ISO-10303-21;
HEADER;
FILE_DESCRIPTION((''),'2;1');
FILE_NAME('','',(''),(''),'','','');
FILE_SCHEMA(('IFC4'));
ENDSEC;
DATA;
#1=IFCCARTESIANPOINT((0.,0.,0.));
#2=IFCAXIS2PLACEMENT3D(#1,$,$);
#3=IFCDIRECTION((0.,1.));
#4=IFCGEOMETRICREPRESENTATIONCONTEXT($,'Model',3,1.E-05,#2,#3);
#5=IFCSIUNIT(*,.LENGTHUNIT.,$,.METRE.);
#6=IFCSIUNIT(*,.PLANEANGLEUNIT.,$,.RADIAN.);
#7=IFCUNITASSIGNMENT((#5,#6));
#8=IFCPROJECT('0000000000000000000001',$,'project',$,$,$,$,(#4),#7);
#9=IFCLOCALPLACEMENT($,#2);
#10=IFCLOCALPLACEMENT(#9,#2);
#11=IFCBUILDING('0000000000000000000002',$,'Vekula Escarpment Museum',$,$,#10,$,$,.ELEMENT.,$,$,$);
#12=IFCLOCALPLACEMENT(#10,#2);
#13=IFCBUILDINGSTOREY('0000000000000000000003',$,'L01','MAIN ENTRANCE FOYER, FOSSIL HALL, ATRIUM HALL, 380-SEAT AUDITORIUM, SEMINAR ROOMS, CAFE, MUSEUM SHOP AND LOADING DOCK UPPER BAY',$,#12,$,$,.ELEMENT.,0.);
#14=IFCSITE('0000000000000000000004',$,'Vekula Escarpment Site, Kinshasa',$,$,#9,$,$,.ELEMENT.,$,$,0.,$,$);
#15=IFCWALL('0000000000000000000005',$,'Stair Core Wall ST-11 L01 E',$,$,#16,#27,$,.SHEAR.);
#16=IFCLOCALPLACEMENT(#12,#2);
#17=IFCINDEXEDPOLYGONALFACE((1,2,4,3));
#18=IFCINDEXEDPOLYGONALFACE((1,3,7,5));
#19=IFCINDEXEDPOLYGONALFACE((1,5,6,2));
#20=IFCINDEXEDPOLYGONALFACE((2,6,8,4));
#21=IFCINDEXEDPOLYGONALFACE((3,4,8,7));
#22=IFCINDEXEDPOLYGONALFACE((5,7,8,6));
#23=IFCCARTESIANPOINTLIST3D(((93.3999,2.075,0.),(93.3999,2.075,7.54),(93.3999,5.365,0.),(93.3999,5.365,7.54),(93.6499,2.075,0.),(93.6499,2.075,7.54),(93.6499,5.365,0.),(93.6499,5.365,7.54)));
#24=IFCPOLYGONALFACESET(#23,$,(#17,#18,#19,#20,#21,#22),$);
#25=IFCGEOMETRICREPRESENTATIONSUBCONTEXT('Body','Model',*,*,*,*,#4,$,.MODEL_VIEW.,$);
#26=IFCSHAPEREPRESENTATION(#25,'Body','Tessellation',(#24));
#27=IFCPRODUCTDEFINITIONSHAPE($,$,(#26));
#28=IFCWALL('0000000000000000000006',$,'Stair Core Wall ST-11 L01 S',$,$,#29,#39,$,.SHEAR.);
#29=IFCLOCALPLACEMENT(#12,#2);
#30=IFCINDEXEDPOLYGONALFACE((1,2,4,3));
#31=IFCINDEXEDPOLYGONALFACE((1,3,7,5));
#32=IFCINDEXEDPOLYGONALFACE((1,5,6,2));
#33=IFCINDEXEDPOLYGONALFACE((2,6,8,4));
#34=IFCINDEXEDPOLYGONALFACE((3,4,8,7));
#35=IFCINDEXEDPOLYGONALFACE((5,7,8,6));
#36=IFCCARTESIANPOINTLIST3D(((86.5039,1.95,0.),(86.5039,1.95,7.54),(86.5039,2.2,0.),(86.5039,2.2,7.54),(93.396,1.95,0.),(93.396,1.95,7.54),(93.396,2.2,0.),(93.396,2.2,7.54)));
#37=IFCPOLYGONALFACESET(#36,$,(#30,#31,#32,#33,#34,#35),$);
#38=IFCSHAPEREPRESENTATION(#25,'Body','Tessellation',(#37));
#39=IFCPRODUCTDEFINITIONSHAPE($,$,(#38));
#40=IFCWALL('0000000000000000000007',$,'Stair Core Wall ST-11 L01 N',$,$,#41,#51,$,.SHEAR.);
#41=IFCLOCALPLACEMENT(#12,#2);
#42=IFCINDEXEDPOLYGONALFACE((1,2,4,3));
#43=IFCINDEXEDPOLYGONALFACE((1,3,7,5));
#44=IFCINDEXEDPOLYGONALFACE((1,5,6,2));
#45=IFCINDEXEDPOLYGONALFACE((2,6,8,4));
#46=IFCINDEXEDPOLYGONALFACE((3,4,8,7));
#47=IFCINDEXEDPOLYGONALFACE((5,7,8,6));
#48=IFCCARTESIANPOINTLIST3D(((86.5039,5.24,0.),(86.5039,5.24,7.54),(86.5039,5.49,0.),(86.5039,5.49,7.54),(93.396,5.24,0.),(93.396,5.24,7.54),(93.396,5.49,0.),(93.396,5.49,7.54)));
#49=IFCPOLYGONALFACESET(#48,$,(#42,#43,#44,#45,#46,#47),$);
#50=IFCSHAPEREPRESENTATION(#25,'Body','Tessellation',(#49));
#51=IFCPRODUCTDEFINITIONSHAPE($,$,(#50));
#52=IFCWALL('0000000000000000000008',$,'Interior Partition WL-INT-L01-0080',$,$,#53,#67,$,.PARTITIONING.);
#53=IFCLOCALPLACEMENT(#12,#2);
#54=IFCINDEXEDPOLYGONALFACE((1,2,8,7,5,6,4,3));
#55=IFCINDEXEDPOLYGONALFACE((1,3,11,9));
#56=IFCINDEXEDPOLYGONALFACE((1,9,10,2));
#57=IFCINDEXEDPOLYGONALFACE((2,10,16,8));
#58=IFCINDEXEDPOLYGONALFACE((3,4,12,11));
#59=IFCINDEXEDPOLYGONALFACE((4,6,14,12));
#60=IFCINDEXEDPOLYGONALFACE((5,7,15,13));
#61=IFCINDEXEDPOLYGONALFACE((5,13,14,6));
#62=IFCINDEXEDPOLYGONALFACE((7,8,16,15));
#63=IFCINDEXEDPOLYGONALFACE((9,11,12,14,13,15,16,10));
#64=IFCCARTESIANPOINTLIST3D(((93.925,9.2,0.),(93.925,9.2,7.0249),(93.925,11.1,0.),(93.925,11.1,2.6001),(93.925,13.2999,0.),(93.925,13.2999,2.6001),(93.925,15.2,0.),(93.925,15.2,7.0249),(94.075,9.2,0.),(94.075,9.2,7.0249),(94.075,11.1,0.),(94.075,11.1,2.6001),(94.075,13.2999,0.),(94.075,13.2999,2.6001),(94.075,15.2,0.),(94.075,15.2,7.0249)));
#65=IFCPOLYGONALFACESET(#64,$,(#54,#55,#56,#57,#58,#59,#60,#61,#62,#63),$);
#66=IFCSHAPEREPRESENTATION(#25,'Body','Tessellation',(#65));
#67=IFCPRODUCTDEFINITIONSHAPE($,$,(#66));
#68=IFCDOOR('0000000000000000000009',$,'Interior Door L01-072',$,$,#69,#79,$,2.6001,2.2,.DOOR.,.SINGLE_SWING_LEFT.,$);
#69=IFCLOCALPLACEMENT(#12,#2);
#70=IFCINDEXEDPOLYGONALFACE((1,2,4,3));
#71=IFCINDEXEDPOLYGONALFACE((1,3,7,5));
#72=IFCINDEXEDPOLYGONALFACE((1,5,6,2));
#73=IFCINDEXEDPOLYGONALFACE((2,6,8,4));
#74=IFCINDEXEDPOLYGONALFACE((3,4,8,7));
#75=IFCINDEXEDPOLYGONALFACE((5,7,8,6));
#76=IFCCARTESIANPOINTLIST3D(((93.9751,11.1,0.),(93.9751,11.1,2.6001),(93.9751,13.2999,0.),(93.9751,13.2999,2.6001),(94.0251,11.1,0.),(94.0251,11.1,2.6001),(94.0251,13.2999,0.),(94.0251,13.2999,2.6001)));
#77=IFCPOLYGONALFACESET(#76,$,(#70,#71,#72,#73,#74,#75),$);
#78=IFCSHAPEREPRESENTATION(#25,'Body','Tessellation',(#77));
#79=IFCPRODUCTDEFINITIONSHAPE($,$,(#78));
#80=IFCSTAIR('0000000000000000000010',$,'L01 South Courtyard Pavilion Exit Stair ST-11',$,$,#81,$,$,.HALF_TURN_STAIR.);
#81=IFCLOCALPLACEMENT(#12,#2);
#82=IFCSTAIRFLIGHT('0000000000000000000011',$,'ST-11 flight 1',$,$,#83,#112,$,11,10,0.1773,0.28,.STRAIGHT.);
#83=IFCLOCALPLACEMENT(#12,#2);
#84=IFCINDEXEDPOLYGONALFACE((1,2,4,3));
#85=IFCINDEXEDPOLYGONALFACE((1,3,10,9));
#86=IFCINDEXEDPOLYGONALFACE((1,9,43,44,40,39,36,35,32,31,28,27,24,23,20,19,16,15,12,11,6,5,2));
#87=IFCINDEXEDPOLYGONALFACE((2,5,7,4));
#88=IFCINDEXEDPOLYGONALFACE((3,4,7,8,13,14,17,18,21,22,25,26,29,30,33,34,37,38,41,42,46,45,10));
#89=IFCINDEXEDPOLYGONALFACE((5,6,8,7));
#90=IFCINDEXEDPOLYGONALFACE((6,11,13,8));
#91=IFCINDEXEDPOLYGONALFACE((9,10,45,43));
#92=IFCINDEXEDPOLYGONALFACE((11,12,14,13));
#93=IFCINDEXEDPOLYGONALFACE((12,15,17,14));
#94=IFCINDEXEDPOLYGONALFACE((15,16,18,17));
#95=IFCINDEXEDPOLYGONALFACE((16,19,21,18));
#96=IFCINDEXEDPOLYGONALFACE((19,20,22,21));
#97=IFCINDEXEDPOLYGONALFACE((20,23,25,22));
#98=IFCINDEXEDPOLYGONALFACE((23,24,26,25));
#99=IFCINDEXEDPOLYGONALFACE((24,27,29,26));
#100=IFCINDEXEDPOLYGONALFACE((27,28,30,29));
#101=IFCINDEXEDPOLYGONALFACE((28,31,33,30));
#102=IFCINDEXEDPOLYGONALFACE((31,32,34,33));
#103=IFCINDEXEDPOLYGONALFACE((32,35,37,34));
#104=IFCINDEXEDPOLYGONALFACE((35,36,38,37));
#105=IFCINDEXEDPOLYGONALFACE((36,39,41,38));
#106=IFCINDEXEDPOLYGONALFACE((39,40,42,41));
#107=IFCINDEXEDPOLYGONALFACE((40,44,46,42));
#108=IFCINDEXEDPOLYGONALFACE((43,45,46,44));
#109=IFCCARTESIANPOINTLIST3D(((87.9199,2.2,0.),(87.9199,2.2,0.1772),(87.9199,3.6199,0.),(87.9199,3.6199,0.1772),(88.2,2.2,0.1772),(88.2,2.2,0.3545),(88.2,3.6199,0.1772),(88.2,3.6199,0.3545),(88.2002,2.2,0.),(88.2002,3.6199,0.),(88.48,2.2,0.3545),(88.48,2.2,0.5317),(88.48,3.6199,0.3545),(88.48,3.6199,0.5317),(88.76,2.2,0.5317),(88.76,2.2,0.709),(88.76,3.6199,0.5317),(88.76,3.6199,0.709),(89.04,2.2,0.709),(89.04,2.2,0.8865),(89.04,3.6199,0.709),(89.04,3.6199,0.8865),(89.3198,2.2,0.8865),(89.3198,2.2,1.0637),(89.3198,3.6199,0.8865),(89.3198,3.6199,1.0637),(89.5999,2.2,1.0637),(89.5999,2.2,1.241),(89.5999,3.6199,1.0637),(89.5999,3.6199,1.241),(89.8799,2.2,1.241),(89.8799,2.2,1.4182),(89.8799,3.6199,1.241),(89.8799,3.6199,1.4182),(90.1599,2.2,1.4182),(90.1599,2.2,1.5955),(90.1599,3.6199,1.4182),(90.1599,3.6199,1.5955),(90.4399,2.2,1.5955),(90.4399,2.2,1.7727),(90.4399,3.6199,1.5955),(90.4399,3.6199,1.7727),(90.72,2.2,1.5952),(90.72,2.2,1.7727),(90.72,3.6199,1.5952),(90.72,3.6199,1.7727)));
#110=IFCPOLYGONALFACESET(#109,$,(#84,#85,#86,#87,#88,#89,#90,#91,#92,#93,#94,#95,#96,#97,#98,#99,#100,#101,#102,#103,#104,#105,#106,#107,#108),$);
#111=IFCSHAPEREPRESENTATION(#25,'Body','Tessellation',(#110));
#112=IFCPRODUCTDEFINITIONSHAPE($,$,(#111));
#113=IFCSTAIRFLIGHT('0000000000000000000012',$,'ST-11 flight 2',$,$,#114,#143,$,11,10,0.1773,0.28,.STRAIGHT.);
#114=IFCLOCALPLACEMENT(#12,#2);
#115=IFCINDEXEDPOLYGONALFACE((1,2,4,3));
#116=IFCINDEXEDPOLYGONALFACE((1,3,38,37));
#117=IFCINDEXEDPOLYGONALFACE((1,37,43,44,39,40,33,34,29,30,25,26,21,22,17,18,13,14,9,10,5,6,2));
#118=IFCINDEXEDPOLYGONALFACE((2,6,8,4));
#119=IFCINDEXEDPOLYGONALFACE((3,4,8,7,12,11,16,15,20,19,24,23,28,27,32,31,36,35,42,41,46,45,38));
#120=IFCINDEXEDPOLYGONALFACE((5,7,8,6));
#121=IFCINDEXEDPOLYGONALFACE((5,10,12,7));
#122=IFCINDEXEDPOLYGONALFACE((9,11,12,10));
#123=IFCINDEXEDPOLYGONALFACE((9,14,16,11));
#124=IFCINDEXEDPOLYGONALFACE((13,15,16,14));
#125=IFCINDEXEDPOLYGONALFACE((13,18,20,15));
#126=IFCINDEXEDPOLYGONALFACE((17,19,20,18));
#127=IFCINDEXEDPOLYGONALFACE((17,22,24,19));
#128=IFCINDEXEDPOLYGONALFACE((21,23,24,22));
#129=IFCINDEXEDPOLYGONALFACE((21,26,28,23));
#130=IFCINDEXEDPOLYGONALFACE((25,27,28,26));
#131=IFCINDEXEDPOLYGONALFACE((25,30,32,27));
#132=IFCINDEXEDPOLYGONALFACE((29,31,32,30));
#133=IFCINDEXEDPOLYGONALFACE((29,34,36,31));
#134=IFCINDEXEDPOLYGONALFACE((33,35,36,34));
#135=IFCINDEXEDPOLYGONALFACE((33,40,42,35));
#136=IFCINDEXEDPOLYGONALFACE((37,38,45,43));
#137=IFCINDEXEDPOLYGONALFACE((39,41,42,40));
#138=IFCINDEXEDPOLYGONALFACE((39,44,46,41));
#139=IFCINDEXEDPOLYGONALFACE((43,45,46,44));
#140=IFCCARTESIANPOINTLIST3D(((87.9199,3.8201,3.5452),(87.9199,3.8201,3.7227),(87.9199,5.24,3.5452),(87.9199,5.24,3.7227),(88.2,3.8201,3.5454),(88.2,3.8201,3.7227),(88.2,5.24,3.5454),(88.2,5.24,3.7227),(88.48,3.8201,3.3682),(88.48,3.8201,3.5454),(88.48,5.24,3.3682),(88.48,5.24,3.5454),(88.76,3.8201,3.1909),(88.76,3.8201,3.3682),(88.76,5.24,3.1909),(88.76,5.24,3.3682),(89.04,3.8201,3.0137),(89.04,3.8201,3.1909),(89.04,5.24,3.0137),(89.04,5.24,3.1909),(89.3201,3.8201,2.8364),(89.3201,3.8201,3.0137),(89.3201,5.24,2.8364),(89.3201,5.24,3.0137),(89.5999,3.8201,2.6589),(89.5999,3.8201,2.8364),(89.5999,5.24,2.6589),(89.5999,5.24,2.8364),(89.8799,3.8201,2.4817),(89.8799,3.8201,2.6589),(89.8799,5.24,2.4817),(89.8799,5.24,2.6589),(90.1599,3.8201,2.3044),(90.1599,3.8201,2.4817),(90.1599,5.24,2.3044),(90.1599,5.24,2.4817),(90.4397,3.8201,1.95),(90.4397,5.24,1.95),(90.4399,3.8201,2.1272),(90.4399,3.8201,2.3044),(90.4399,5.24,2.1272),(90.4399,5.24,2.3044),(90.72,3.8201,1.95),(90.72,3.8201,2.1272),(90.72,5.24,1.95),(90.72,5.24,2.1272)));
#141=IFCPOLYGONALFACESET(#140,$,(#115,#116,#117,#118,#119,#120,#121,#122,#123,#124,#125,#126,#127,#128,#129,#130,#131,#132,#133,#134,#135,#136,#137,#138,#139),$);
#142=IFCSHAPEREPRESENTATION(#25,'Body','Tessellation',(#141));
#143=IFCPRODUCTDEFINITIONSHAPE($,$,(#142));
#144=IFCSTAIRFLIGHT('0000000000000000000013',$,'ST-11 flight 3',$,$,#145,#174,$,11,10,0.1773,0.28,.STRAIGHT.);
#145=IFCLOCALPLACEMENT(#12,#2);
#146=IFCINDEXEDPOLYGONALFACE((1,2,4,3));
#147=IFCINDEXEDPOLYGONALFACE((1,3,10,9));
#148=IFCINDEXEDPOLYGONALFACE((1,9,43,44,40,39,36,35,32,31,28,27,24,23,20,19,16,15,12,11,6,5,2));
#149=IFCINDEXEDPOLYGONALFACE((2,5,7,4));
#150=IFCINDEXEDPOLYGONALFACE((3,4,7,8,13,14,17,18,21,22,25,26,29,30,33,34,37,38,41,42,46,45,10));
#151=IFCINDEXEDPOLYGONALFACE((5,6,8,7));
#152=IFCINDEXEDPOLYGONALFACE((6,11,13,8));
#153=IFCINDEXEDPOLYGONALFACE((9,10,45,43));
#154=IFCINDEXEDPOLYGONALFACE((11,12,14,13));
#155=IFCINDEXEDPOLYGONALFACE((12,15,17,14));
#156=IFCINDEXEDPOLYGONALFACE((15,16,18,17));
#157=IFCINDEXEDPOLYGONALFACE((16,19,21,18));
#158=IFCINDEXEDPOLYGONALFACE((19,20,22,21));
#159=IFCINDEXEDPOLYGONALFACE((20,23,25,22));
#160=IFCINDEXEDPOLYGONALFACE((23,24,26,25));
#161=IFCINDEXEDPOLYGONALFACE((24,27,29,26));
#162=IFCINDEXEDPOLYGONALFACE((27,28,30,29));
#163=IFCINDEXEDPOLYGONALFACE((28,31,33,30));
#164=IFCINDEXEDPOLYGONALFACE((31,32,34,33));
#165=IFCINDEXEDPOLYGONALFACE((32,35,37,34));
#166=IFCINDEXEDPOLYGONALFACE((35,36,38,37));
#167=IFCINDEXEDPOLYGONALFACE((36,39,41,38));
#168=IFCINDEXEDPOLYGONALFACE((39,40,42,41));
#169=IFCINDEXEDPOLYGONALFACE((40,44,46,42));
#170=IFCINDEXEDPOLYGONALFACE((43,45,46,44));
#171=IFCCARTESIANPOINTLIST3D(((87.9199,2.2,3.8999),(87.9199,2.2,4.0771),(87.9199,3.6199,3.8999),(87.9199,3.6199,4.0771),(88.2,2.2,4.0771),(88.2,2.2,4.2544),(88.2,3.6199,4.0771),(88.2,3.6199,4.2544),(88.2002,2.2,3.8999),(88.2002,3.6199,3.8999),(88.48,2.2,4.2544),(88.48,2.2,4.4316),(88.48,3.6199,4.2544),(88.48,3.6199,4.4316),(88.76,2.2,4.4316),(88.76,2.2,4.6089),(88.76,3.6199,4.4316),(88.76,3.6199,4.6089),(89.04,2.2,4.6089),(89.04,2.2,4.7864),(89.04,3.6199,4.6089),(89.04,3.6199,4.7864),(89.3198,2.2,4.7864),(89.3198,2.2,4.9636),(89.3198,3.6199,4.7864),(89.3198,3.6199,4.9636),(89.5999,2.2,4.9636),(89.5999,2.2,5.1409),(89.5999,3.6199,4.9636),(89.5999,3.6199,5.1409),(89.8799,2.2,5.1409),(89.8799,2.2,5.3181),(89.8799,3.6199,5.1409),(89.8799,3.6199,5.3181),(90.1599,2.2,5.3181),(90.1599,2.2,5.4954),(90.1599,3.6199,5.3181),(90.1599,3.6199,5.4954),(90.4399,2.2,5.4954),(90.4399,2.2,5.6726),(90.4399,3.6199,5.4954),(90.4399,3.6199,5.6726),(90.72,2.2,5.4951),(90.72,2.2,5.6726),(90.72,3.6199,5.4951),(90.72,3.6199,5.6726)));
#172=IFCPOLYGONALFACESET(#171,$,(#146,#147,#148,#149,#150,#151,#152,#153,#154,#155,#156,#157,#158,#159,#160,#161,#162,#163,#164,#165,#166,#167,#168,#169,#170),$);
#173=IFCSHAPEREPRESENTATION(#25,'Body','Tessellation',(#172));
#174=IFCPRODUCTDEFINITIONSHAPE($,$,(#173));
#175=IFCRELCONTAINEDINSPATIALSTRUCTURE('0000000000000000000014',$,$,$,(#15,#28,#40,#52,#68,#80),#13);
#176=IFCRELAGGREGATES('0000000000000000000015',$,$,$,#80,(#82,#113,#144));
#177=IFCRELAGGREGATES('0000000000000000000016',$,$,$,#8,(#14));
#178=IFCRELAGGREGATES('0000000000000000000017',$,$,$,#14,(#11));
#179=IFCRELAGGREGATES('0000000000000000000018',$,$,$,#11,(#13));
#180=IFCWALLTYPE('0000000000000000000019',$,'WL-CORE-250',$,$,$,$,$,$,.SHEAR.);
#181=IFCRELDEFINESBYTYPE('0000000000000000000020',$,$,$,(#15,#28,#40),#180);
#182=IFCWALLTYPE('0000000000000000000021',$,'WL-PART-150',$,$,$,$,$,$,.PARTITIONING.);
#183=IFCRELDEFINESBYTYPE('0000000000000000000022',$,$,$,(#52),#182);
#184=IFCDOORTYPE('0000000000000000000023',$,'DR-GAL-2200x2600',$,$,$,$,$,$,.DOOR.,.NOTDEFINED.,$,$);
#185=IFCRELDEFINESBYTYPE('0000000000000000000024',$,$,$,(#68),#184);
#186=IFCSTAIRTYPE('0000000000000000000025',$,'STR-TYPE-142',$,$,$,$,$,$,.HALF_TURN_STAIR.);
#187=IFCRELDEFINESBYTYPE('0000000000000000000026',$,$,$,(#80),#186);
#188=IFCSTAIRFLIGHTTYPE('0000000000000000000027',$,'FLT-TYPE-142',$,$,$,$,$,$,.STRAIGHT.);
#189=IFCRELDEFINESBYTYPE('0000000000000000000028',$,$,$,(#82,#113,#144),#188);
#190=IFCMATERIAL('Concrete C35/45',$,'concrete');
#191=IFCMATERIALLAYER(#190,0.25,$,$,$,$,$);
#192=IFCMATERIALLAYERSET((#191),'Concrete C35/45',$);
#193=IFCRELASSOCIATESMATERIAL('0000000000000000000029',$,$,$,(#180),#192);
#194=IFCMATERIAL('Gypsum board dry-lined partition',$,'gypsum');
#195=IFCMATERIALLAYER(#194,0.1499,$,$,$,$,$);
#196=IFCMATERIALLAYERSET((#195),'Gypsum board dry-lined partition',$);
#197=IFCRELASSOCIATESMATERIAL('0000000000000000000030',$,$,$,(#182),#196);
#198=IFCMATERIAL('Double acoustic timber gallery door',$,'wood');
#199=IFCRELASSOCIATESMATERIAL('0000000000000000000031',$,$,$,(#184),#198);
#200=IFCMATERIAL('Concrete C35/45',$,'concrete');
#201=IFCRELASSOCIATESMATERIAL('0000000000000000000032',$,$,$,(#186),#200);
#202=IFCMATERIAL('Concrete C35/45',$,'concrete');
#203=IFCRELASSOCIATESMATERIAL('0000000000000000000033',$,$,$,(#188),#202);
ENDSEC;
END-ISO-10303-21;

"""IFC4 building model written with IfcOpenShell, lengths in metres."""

from ifc_helpers import new_model, si_unit, direction, frame, frame_2d, origin, place, context, subcontext, project, spatial, polyline, rectangle, outline, extrude, material, layer, layer_set, type_object, element, fill, aggregate, save


model = new_model("IFC4")

# Units and contexts
model_context = context("Model", 3, precision=1e-05, world=origin(), true_north=direction((0.0, 1.0)))
body_context = subcontext(model_context, "Body", "Model", "MODEL_VIEW")
ifc_project = project(units=[si_unit("LENGTHUNIT", "METRE"), si_unit("PLANEANGLEUNIT", "RADIAN")], contexts=[model_context])

# Site, building, storey
site_placement = place(None, origin())
site = spatial("IfcSite", under=ifc_project, at=site_placement, Name="Vekula Escarpment Site, Kinshasa", CompositionType="ELEMENT", RefElevation=0.0)
building_placement = place(site_placement, origin())
building = spatial("IfcBuilding", under=site, at=building_placement, Name="Vekula Escarpment Museum", CompositionType="ELEMENT")
storey_placement = place(building_placement, origin())
storey = spatial("IfcBuildingStorey", under=building, at=storey_placement, Name="L01", Description="MAIN ENTRANCE FOYER, FOSSIL HALL, ATRIUM HALL, 380-SEAT AUDITORIUM, SEMINAR ROOMS, CAFE, MUSEUM SHOP AND LOADING DOCK UPPER BAY", CompositionType="ELEMENT", Elevation=0.0)

# Shared definitions
ifc_material_1 = material(Name="Concrete C35/45", Category="concrete")
ifc_layer_1 = layer(ifc_material_1, 0.25)
ifc_layer_set_1 = layer_set([ifc_layer_1], Name="Concrete C35/45")
wall_type_1 = type_object("IfcWallType", Name="WL-CORE-250", PredefinedType="SHEAR", material=ifc_layer_set_1)

# Walls
wall_1_placement = place(storey_placement, frame((93.5249, 2.075, 0.0), z_axis=(0.0, 0.0, 1.0), x_axis=(0.0, 1.0, 0.0)))
element("IfcWall", 1, at=wall_1_placement, inside=storey, type_object=wall_type_1, Name="Stair Core Wall ST-11 L01 E", PredefinedType="SHEAR", context=body_context, shape_type="SweptSolid", body=[
    extrude(rectangle(XDim=3.29, YDim=0.25, at=frame_2d((1.645, 0.0))), origin(), (0.0, 0.0, 1.0), 7.54),
])
for number, where, z_axis, x_axis, name in (
    (2, (86.5039, 2.075, 0.0), (0.0, 0.0, 1.0), (1.0, 0.0, 0.0), "Stair Core Wall ST-11 L01 S"),
    (3, (86.5039, 5.365, 0.0), (0.0, 0.0, 1.0), (1.0, 0.0, 0.0), "Stair Core Wall ST-11 L01 N"),
):
    element("IfcWall", number, at=place(storey_placement, frame(where, z_axis=z_axis, x_axis=x_axis)), inside=storey, type_object=wall_type_1, Name=name, PredefinedType="SHEAR", context=body_context, shape_type="SweptSolid", body=[
        extrude(rectangle(XDim=6.8921, YDim=0.25, at=frame_2d((3.446, 0.0))), origin(), (0.0, 0.0, 1.0), 7.54),
    ])

# Wall, opening, door
ifc_material_2 = material(Name="Gypsum board dry-lined partition", Category="gypsum")
ifc_layer_2 = layer(ifc_material_2, 0.1499)
ifc_layer_set_2 = layer_set([ifc_layer_2], Name="Gypsum board dry-lined partition")
wall_type_2 = type_object("IfcWallType", Name="WL-PART-150", PredefinedType="PARTITIONING", material=ifc_layer_set_2)
wall_2_placement = place(storey_placement, frame((94.0, 9.2, 0.0), z_axis=(0.0, 0.0, 1.0), x_axis=(0.0, 1.0, 0.0)))
wall_2 = element("IfcWall", 4, at=wall_2_placement, inside=storey, type_object=wall_type_2, Name="Interior Partition WL-INT-L01-0080", PredefinedType="PARTITIONING", context=body_context, shape_type="SweptSolid", body=[
    extrude(rectangle(XDim=6.0, YDim=0.1499, at=frame_2d((3.0, 0.0))), origin(), (0.0, 0.0, 1.0), 7.0249),
])
opening_1_placement = place(wall_2_placement, frame((1.8999, 0.0, 0.0)))
opening_1 = element("IfcOpeningElement", 5, at=opening_1_placement, cuts=wall_2, PredefinedType="OPENING", context=body_context, shape_type="SweptSolid", body=[
    extrude(rectangle(XDim=2.2, YDim=2.6001, at=frame_2d((1.1001, 1.3))), frame((0.0, 0.085, 0.0), z_axis=(0.0, -1.0, 0.0), x_axis=(1.0, 0.0, 0.0)), (0.0, 0.0, 1.0), 0.1699),
])
ifc_material_3 = material(Name="Double acoustic timber gallery door", Category="wood")
door_type_1 = type_object("IfcDoorType", Name="DR-GAL-2200x2600", OperationType="NOTDEFINED", PredefinedType="DOOR", material=ifc_material_3)
door_1_placement = place(opening_1_placement, origin())
door_1 = element("IfcDoor", 6, at=door_1_placement, inside=storey, type_object=door_type_1, Name="Interior Door L01-072", OperationType="SINGLE_SWING_LEFT", OverallHeight=2.6001, OverallWidth=2.2, PredefinedType="DOOR", context=body_context, shape_type="SweptSolid", body=[
    extrude(rectangle(XDim=2.2, YDim=2.6001, at=frame_2d((1.1001, 1.3))), frame((0.0, 0.0249, 0.0), z_axis=(0.0, -1.0, 0.0), x_axis=(1.0, 0.0, 0.0)), (0.0, 0.0, 1.0), 0.05),
])
fill(opening_1, door_1)

# Stair, stair flights
ifc_material_4 = material(Name="Concrete C35/45", Category="concrete")
stair_type = type_object("IfcStairType", Name="STR-TYPE-142", PredefinedType="HALF_TURN_STAIR", material=ifc_material_4)
stair_placement = place(storey_placement, origin())
stair = element("IfcStair", 7, at=stair_placement, inside=storey, type_object=stair_type, Name="L01 South Courtyard Pavilion Exit Stair ST-11", PredefinedType="HALF_TURN_STAIR")
ifc_material_5 = material(Name="Concrete C35/45", Category="concrete")
stair_flight_type = type_object("IfcStairFlightType", Name="FLT-TYPE-142", PredefinedType="STRAIGHT", material=ifc_material_5)
stair_flight_1_placement = place(storey_placement, frame((87.9199, 2.9099, 0.0), z_axis=(0.0, 0.0, 1.0), x_axis=(1.0, 0.0, 0.0)))
stair_flight_1 = element("IfcStairFlight", 8, at=stair_flight_1_placement, type_object=stair_flight_type, Name="ST-11 flight 1", NumberOfRisers=11, NumberOfTreads=10, PredefinedType="STRAIGHT", RiserHeight=0.1773, TreadLength=0.28, context=body_context, shape_type="SweptSolid", body=[
    extrude(outline(polyline([(0.0, 0.0), (0.0, 0.1772), (0.28, 0.1772), (0.28, 0.3545), (0.5601, 0.3545), (0.5601, 0.5317), (0.8401, 0.5317), (0.8401, 0.709), (1.1201, 0.709), (1.1201, 0.8865), (1.3999, 0.8865), (1.3999, 1.0637), (1.6799, 1.0637), (1.6799, 1.241), (1.96, 1.241), (1.96, 1.4182), (2.24, 1.4182), (2.24, 1.5955), (2.52, 1.5955), (2.52, 1.7727), (2.8, 1.7727), (2.8, 1.95), (2.8, 1.5952), (0.2803, 0.0), (0.0, 0.0)])), frame((0.0, 0.71, 0.0), z_axis=(0.0, -1.0, 0.0), x_axis=(1.0, 0.0, 0.0)), (0.0, 0.0, 1.0), 1.4199),
])
stair_flight_2_placement = place(storey_placement, frame((90.72, 4.53, 1.95), z_axis=(0.0, 0.0, 1.0), x_axis=(-1.0, 0.0, 0.0)))
stair_flight_2 = element("IfcStairFlight", 9, at=stair_flight_2_placement, type_object=stair_flight_type, Name="ST-11 flight 2", NumberOfRisers=11, NumberOfTreads=10, PredefinedType="STRAIGHT", RiserHeight=0.1773, TreadLength=0.28, context=body_context, shape_type="SweptSolid", body=[
    extrude(outline(polyline([(0.0, 0.0), (0.0, 0.1772), (0.28, 0.1772), (0.28, 0.3545), (0.5601, 0.3545), (0.5601, 0.5317), (0.8401, 0.5317), (0.8401, 0.709), (1.1201, 0.709), (1.1201, 0.8865), (1.3999, 0.8865), (1.3999, 1.0637), (1.6799, 1.0637), (1.6799, 1.241), (1.96, 1.241), (1.96, 1.4182), (2.24, 1.4182), (2.24, 1.5955), (2.52, 1.5955), (2.52, 1.7727), (2.8, 1.7727), (2.8, 1.95), (2.8, 1.5952), (0.2803, 0.0), (0.0, 0.0)])), frame((0.0, 0.71, 0.0), z_axis=(0.0, -1.0, 0.0), x_axis=(1.0, 0.0, 0.0)), (0.0, 0.0, 1.0), 1.4199),
])
stair_flight_3_placement = place(storey_placement, frame((87.9199, 2.9099, 3.8999), z_axis=(0.0, 0.0, 1.0), x_axis=(1.0, 0.0, 0.0)))
stair_flight_3 = element("IfcStairFlight", 10, at=stair_flight_3_placement, type_object=stair_flight_type, Name="ST-11 flight 3", NumberOfRisers=11, NumberOfTreads=10, PredefinedType="STRAIGHT", RiserHeight=0.1773, TreadLength=0.28, context=body_context, shape_type="SweptSolid", body=[
    extrude(outline(polyline([(0.0, 0.0), (0.0, 0.1772), (0.28, 0.1772), (0.28, 0.3545), (0.5601, 0.3545), (0.5601, 0.5317), (0.8401, 0.5317), (0.8401, 0.709), (1.1201, 0.709), (1.1201, 0.8865), (1.3999, 0.8865), (1.3999, 1.0637), (1.6799, 1.0637), (1.6799, 1.241), (1.96, 1.241), (1.96, 1.4182), (2.24, 1.4182), (2.24, 1.5955), (2.52, 1.5955), (2.52, 1.7727), (2.8, 1.7727), (2.8, 1.95), (2.8, 1.5952), (0.2803, 0.0), (0.0, 0.0)])), frame((0.0, 0.71, 0.0), z_axis=(0.0, -1.0, 0.0), x_axis=(1.0, 0.0, 0.0)), (0.0, 0.0, 1.0), 1.4199),
])
aggregate(stair, [stair_flight_1, stair_flight_2, stair_flight_3])

save(model, "model.ifc")
